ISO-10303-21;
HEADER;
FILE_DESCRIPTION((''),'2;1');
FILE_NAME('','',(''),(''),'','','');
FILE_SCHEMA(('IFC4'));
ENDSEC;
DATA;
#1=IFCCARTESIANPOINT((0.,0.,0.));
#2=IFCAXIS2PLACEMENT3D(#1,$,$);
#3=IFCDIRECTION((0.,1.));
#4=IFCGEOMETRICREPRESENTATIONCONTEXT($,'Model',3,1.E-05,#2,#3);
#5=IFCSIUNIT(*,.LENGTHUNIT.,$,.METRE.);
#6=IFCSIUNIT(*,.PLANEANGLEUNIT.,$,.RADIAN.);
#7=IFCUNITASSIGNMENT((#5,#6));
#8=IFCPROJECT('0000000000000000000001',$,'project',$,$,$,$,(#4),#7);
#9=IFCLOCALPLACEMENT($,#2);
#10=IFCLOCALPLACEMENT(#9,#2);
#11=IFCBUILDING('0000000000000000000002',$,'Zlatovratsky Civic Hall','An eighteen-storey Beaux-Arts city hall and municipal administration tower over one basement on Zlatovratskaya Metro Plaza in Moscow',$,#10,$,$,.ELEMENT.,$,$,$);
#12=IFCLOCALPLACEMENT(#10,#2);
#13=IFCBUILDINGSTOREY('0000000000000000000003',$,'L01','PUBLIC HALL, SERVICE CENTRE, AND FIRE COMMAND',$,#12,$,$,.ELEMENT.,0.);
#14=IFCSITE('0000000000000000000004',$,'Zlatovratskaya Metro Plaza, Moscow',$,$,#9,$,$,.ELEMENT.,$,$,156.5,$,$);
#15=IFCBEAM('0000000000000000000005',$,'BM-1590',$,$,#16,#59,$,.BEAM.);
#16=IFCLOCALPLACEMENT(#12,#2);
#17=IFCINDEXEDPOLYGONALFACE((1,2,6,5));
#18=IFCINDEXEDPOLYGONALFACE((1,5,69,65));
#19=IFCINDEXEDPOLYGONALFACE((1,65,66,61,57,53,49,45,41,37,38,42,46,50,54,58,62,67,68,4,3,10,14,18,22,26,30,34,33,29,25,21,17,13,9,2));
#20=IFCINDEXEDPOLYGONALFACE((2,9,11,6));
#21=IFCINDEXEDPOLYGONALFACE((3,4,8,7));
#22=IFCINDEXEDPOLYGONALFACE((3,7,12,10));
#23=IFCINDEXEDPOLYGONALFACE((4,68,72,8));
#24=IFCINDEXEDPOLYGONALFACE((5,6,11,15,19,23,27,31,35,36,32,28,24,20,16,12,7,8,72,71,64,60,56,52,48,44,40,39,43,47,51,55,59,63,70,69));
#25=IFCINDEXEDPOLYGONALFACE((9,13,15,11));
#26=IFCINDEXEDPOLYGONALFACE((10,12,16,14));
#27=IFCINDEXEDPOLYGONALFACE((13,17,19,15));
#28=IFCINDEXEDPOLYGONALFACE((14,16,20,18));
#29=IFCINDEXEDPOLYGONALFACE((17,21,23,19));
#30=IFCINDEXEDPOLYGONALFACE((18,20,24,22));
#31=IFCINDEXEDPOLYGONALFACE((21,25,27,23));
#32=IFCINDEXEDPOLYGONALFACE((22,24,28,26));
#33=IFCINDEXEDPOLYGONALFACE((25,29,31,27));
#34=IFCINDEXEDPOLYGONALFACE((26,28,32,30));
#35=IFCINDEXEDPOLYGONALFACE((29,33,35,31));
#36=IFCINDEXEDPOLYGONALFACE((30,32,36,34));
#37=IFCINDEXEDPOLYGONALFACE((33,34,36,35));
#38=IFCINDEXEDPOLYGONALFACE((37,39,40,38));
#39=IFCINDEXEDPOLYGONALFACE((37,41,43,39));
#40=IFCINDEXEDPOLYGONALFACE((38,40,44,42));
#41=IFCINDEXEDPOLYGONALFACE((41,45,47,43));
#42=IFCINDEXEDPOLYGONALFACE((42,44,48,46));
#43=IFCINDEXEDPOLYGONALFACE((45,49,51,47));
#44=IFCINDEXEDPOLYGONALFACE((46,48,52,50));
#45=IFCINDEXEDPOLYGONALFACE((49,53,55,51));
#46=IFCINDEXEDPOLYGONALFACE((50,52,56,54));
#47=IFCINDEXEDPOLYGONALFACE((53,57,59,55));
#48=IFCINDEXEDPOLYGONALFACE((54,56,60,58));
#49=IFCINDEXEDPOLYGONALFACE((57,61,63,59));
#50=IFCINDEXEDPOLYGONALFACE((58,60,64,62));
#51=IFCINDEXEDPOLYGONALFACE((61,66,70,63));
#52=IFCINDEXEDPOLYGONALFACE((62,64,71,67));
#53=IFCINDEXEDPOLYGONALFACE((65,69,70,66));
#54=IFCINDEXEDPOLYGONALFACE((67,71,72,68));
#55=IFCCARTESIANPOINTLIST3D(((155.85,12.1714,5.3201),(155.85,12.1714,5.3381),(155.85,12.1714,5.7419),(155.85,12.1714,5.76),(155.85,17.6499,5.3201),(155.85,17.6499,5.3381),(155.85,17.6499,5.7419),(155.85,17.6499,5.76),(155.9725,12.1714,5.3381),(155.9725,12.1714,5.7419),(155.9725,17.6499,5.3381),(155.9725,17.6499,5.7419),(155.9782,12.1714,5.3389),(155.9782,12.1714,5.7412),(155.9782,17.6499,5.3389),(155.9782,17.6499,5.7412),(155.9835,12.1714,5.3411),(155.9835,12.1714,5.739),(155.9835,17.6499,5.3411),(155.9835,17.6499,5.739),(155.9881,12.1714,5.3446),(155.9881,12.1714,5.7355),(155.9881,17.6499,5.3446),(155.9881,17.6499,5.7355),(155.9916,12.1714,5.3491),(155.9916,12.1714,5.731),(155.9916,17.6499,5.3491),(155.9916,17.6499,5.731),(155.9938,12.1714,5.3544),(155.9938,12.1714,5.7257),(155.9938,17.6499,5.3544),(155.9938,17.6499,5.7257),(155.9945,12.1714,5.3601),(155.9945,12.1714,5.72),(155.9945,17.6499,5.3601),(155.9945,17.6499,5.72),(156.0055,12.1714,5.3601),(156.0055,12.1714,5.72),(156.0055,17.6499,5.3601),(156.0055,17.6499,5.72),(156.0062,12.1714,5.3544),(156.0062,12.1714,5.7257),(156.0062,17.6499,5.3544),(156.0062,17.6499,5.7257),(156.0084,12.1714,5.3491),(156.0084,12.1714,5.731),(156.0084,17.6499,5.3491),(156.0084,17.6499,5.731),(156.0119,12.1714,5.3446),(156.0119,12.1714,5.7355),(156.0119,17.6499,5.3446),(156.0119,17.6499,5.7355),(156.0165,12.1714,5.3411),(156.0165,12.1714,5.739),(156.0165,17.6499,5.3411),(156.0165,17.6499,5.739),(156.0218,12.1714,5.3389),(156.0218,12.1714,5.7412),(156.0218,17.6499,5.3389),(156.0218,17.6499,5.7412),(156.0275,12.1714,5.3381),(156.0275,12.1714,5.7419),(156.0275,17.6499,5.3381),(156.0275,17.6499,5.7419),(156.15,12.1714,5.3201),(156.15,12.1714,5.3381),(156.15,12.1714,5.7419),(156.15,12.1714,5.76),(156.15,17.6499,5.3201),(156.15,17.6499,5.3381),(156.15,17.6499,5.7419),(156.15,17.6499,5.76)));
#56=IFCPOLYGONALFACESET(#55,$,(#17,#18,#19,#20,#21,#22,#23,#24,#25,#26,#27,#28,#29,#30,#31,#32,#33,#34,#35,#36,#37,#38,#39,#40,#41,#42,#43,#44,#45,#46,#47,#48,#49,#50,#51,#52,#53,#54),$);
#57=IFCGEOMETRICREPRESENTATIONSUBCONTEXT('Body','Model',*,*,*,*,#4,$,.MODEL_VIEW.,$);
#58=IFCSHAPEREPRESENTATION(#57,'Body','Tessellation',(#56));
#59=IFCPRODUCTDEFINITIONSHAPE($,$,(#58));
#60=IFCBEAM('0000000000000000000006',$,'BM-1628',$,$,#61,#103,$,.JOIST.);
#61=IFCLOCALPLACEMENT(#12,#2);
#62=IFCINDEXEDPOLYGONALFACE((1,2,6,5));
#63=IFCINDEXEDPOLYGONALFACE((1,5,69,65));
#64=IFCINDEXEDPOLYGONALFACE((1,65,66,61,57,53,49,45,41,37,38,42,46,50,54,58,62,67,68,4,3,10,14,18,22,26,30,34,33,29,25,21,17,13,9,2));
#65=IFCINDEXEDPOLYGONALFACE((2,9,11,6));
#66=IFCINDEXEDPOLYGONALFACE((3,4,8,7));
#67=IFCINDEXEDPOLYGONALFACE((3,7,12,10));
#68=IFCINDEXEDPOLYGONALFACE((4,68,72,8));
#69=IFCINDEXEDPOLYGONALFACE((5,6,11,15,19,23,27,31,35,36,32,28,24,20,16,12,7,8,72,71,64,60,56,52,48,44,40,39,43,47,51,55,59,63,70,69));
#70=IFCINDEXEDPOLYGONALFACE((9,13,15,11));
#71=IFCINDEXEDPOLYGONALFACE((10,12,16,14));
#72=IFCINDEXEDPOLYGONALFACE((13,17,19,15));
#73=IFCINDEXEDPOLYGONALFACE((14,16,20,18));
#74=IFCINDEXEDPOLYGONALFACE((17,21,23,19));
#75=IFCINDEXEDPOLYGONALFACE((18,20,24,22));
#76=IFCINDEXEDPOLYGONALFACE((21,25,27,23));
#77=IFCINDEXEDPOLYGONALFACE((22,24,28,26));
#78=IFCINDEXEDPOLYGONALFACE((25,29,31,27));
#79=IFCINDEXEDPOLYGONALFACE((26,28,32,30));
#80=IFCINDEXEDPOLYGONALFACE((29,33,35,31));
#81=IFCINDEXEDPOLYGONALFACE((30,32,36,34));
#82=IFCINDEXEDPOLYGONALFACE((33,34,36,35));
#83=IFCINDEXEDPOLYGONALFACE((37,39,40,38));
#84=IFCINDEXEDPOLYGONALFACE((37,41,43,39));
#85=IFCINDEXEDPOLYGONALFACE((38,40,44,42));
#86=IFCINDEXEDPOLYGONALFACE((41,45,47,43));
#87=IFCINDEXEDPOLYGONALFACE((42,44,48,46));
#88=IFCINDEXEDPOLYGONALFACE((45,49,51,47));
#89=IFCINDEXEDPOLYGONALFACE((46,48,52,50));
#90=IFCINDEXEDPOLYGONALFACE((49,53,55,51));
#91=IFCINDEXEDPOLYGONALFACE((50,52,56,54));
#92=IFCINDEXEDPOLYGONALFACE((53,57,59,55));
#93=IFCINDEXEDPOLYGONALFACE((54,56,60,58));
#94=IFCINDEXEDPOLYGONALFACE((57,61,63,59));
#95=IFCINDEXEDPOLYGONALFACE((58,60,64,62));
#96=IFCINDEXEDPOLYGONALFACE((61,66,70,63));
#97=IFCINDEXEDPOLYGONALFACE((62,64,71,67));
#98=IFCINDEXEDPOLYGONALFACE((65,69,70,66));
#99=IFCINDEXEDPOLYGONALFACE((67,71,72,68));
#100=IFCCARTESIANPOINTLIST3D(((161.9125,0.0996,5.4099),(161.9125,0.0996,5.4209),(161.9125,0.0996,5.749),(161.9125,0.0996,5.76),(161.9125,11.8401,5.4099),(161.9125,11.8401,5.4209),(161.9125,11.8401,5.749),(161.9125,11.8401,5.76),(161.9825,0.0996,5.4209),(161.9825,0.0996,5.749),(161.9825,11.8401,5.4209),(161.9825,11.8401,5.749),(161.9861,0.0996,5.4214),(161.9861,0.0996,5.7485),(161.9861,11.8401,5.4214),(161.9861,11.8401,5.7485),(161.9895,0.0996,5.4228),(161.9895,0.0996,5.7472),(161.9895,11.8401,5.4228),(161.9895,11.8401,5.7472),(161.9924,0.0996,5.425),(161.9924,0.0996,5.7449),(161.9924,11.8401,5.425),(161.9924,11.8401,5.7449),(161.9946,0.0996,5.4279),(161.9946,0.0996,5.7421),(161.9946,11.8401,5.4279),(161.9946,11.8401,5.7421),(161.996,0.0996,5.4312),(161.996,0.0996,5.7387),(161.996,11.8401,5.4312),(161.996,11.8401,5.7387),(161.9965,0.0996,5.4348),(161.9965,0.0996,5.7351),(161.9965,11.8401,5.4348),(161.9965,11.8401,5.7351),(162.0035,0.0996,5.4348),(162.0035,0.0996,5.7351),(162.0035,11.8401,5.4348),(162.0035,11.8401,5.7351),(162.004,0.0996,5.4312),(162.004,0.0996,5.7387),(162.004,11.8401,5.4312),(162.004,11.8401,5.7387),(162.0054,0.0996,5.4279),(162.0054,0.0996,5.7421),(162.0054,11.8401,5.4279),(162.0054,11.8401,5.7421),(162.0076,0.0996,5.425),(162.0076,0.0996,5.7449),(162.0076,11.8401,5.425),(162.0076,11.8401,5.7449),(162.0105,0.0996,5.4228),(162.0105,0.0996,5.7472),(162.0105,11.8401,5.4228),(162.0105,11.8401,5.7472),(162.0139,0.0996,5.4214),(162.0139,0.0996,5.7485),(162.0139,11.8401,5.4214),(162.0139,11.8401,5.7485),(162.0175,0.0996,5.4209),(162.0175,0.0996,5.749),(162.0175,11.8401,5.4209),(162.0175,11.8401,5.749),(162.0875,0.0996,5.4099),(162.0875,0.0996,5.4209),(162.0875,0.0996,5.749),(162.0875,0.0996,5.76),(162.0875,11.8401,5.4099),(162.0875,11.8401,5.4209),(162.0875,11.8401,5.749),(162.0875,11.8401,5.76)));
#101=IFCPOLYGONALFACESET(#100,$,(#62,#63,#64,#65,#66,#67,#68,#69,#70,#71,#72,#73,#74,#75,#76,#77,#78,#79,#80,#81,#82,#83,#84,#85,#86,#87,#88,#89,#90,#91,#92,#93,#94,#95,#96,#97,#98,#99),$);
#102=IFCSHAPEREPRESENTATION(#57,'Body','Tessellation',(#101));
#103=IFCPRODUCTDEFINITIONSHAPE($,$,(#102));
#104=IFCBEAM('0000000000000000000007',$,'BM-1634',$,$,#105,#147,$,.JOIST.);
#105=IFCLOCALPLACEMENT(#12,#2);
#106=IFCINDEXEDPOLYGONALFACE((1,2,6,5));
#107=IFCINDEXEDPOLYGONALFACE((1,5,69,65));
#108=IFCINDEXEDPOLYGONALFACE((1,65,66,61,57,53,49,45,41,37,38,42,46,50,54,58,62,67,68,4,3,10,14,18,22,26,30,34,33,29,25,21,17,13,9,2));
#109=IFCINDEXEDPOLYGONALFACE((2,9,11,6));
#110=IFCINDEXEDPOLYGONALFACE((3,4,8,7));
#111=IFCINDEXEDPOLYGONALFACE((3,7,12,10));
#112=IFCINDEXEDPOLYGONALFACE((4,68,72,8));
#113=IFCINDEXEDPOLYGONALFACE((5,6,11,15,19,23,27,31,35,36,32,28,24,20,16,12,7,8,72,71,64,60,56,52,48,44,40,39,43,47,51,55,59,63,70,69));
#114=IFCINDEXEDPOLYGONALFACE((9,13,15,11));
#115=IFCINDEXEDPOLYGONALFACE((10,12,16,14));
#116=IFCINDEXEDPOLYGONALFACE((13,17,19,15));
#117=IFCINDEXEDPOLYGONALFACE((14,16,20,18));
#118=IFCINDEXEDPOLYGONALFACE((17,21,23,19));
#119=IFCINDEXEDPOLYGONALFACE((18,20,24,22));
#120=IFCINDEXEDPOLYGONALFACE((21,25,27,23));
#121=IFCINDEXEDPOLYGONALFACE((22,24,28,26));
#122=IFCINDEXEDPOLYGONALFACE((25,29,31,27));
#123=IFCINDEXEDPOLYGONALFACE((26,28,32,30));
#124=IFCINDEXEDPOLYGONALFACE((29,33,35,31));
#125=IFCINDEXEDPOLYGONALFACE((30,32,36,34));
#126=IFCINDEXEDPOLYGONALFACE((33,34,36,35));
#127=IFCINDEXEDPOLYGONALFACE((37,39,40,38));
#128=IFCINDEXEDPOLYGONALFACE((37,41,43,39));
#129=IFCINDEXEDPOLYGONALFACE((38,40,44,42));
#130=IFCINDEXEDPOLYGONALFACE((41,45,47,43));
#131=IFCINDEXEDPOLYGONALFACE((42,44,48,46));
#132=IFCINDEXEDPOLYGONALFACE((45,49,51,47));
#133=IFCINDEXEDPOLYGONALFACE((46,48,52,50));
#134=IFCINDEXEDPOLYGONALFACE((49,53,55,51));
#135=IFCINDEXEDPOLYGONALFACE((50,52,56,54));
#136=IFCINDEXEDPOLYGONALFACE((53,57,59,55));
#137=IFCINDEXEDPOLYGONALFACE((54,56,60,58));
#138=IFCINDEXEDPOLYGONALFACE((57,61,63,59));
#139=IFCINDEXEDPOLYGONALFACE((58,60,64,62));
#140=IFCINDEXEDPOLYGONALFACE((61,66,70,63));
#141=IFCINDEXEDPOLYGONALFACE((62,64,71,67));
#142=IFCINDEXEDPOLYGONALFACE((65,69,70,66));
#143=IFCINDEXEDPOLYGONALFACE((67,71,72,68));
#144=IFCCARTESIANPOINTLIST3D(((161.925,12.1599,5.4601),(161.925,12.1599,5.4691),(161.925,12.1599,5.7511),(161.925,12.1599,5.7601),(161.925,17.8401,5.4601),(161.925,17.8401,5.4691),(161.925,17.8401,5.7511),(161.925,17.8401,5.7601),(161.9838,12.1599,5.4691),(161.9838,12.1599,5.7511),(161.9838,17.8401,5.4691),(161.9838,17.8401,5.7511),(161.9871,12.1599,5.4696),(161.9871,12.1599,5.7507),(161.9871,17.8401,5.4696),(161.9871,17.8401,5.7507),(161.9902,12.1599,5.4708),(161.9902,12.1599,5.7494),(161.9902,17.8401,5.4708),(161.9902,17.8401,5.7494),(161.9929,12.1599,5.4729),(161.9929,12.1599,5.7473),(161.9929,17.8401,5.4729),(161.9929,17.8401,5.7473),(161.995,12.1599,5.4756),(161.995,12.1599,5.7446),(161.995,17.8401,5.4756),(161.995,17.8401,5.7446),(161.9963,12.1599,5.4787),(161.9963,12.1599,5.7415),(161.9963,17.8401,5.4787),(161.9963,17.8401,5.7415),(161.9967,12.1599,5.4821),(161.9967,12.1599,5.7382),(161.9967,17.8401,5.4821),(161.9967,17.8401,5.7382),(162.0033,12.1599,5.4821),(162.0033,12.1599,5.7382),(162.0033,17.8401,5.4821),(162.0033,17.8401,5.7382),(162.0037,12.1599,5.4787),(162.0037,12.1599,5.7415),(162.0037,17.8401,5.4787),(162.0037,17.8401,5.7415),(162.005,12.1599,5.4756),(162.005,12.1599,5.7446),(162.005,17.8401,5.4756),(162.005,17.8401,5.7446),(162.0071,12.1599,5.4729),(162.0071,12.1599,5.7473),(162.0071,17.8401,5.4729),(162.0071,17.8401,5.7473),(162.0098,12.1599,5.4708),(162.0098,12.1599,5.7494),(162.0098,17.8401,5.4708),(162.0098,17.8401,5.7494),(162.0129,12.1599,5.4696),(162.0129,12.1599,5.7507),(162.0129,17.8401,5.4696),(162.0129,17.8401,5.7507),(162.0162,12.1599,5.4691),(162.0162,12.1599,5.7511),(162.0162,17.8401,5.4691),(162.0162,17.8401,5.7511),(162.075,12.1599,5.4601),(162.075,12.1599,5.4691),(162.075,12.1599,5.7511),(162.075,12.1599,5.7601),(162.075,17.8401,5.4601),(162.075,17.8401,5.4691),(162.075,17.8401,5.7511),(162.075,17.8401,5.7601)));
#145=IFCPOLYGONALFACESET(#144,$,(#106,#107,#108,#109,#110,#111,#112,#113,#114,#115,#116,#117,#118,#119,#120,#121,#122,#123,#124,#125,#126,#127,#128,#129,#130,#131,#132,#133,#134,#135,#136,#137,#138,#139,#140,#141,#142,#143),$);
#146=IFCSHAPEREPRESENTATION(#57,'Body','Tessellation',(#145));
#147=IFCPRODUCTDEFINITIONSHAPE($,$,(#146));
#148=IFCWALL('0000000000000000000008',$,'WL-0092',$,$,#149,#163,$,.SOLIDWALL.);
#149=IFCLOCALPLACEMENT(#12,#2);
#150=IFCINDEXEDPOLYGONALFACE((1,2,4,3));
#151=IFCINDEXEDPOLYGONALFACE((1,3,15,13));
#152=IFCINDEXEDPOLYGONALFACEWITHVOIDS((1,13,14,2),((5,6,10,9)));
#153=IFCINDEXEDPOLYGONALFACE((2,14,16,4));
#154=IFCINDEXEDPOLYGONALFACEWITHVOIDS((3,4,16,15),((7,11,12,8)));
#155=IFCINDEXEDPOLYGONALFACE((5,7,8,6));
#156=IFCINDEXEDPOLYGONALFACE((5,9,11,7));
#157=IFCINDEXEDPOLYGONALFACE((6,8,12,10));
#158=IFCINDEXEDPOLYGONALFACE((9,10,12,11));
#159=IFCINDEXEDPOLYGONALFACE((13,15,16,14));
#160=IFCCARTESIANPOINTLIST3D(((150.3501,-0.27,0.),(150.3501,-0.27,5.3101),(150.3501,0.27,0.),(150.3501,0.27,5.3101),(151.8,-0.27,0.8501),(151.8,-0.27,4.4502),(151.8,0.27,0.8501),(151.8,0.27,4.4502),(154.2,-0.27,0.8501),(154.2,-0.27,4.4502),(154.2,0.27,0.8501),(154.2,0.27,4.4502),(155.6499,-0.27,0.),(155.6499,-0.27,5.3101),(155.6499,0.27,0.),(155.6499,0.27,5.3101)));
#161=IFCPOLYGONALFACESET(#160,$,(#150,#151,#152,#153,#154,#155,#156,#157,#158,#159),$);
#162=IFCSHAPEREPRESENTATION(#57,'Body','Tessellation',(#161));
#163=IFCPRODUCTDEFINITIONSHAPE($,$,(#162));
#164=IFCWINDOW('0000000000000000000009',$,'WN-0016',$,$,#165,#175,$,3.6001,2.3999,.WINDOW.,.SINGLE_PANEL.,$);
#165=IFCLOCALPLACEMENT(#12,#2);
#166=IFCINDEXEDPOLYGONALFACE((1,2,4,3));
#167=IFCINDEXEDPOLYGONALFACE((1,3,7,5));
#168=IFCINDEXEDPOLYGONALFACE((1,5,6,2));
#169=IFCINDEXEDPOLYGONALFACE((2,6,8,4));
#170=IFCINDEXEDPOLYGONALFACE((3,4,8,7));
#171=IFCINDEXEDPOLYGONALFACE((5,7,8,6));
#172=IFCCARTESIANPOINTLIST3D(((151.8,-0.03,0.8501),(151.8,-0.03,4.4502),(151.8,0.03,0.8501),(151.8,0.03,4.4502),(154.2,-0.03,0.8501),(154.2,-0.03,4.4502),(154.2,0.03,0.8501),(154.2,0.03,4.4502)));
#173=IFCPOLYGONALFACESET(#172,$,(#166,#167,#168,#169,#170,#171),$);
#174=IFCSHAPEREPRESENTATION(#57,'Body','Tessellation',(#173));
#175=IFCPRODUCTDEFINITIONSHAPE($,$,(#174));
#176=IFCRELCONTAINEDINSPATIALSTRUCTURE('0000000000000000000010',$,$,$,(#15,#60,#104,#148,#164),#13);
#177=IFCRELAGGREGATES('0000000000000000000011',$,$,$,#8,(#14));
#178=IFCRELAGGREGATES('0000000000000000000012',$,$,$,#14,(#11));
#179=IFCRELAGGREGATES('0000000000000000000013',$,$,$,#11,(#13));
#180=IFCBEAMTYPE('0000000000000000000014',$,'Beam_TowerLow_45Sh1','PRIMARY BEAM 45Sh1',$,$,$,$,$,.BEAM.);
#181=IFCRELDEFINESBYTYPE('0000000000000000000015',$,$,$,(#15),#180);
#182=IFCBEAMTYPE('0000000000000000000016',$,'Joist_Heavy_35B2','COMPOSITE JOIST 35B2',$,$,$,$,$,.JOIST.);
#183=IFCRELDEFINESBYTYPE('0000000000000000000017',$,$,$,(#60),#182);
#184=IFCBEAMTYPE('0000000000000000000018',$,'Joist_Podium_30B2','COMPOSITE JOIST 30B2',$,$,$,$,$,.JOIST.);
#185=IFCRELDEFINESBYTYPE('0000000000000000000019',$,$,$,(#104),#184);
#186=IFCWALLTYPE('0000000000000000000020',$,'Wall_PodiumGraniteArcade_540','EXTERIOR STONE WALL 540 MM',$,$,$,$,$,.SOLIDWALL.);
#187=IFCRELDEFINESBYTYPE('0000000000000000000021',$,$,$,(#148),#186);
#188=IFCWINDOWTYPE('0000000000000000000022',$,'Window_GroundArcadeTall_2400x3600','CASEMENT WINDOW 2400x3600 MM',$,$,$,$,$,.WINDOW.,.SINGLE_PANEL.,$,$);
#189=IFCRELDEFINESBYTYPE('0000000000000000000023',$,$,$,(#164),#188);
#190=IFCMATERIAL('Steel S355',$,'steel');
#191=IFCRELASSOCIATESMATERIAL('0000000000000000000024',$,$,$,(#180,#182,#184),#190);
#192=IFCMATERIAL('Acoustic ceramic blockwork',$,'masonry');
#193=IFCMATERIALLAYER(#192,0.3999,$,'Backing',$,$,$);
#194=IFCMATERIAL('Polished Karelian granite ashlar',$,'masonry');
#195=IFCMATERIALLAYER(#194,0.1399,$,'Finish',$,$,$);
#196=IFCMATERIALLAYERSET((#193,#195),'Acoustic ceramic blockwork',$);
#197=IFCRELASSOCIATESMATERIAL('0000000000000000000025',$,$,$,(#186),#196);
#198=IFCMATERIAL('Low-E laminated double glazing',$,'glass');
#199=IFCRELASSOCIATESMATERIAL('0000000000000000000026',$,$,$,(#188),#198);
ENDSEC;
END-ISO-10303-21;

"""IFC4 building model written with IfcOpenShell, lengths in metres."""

from ifc_helpers import new_model, si_unit, direction, frame, frame_2d, origin, origin_2d, place, context, subcontext, project, spatial, rectangle, i_section, extrude, material, layer, layer_set, material_profile, profile_set, type_object, element, fill, save


model = new_model("IFC4")

# Units and contexts
model_context = context("Model", 3, precision=1e-05, world=origin(), true_north=direction((0.0, 1.0)))
body_context = subcontext(model_context, "Body", "Model", "MODEL_VIEW")
ifc_project = project(units=[si_unit("LENGTHUNIT", "METRE"), si_unit("PLANEANGLEUNIT", "RADIAN")], contexts=[model_context])

# Site, building, storey
site_placement = place(None, origin())
site = spatial("IfcSite", under=ifc_project, at=site_placement, Name="Zlatovratskaya Metro Plaza, Moscow", CompositionType="ELEMENT", RefElevation=156.5)
building_placement = place(site_placement, origin())
building = spatial("IfcBuilding", under=site, at=building_placement, Name="Zlatovratsky Civic Hall", Description="An eighteen-storey Beaux-Arts city hall and municipal administration tower over one basement on Zlatovratskaya Metro Plaza in Moscow", CompositionType="ELEMENT")
storey_placement = place(building_placement, origin())
storey = spatial("IfcBuildingStorey", under=building, at=storey_placement, Name="L01", Description="PUBLIC HALL, SERVICE CENTRE, AND FIRE COMMAND", CompositionType="ELEMENT", Elevation=0.0)

# Shared definitions
ifc_material_1 = material(Name="Steel S355", Category="steel")

# Beams
ifc_material_profile_1 = material_profile(ifc_material_1, i_section(OverallWidth=0.3, OverallDepth=0.4399, WebThickness=0.011, FlangeThickness=0.0181, FilletRadius=0.022, at=origin_2d()), Name="45Sh1")
ifc_profile_set_1 = profile_set([ifc_material_profile_1], Name="Steel S355")
beam_type_1 = type_object("IfcBeamType", Name="Beam_TowerLow_45Sh1", Description="PRIMARY BEAM 45Sh1", PredefinedType="BEAM", material=ifc_profile_set_1)
for number, where, z_axis, x_axis, name in (
    (1, (156.0, 12.1714, 5.54), (0.0, 1.0, 0.0), (-1.0, 0.0, 0.0), "BM-1590"),
):
    element("IfcBeam", number, at=place(storey_placement, frame(where, z_axis=z_axis, x_axis=x_axis)), inside=storey, type_object=beam_type_1, Name=name, PredefinedType="BEAM", context=body_context, shape_type="SweptSolid", body=[
        extrude(i_section(OverallWidth=0.3, OverallDepth=0.4399, WebThickness=0.011, FlangeThickness=0.0181, FilletRadius=0.022, at=origin_2d()), origin(), (0.0, 0.0, 1.0), 5.4785),
    ])
ifc_material_profile_2 = material_profile(ifc_material_1, i_section(OverallWidth=0.175, OverallDepth=0.3501, WebThickness=0.0071, FlangeThickness=0.011, FilletRadius=0.0139, at=origin_2d()), Name="35B2")
ifc_profile_set_2 = profile_set([ifc_material_profile_2], Name="Steel S355")
beam_type_2 = type_object("IfcBeamType", Name="Joist_Heavy_35B2", Description="COMPOSITE JOIST 35B2", PredefinedType="JOIST", material=ifc_profile_set_2)
beam_1_placement = place(storey_placement, frame((162.0, 0.0996, 5.585), z_axis=(0.0, 1.0, 0.0), x_axis=(-1.0, 0.0, 0.0)))
element("IfcBeam", 2, at=beam_1_placement, inside=storey, type_object=beam_type_2, Name="BM-1628", PredefinedType="JOIST", context=body_context, shape_type="SweptSolid", body=[
    extrude(i_section(OverallWidth=0.175, OverallDepth=0.3501, WebThickness=0.0071, FlangeThickness=0.011, FilletRadius=0.0139, at=origin_2d()), origin(), (0.0, 0.0, 1.0), 11.7405),
])
ifc_material_profile_3 = material_profile(ifc_material_1, i_section(OverallWidth=0.1499, OverallDepth=0.3, WebThickness=0.0066, FlangeThickness=0.009, FilletRadius=0.0129, at=origin_2d()), Name="30B2")
ifc_profile_set_3 = profile_set([ifc_material_profile_3], Name="Steel S355")
beam_type_3 = type_object("IfcBeamType", Name="Joist_Podium_30B2", Description="COMPOSITE JOIST 30B2", PredefinedType="JOIST", material=ifc_profile_set_3)
beam_2_placement = place(storey_placement, frame((162.0, 12.1599, 5.6101), z_axis=(0.0, 1.0, 0.0), x_axis=(-1.0, 0.0, 0.0)))
element("IfcBeam", 3, at=beam_2_placement, inside=storey, type_object=beam_type_3, Name="BM-1634", PredefinedType="JOIST", context=body_context, shape_type="SweptSolid", body=[
    extrude(i_section(OverallWidth=0.1499, OverallDepth=0.3, WebThickness=0.0066, FlangeThickness=0.009, FilletRadius=0.0129, at=origin_2d()), origin(), (0.0, 0.0, 1.0), 5.6802),
])

# Wall, opening, window
ifc_material_2 = material(Name="Acoustic ceramic blockwork", Category="masonry")
ifc_layer_1 = layer(ifc_material_2, 0.3999, Name="Backing")
ifc_material_3 = material(Name="Polished Karelian granite ashlar", Category="masonry")
ifc_layer_2 = layer(ifc_material_3, 0.1399, Name="Finish")
ifc_layer_set_1 = layer_set([ifc_layer_1, ifc_layer_2], Name="Acoustic ceramic blockwork")
wall_type_1 = type_object("IfcWallType", Name="Wall_PodiumGraniteArcade_540", Description="EXTERIOR STONE WALL 540 MM", PredefinedType="SOLIDWALL", material=ifc_layer_set_1)
wall_1_placement = place(storey_placement, frame((150.3501, 0.0, 0.0), z_axis=(0.0, 0.0, 1.0), x_axis=(1.0, 0.0, 0.0)))
wall_1 = element("IfcWall", 4, at=wall_1_placement, inside=storey, type_object=wall_type_1, Name="WL-0092", PredefinedType="SOLIDWALL", context=body_context, shape_type="SweptSolid", body=[
    extrude(rectangle(XDim=5.2998, YDim=0.54, at=frame_2d((2.6499, 0.0))), origin(), (0.0, 0.0, 1.0), 5.3101),
])
opening_1_placement = place(wall_1_placement, frame((1.45, 0.0, 0.8501)))
opening_1 = element("IfcOpeningElement", 5, at=opening_1_placement, cuts=wall_1, PredefinedType="OPENING", context=body_context, shape_type="SweptSolid", body=[
    extrude(rectangle(XDim=2.3999, YDim=3.6001, at=frame_2d((1.2, 1.8))), frame((0.0, 0.2849, 0.0), z_axis=(0.0, -1.0, 0.0), x_axis=(1.0, 0.0, 0.0)), (0.0, 0.0, 1.0), 0.5698),
])
ifc_material_4 = material(Name="Low-E laminated double glazing", Category="glass")
window_type_1 = type_object("IfcWindowType", Name="Window_GroundArcadeTall_2400x3600", Description="CASEMENT WINDOW 2400x3600 MM", PartitioningType="SINGLE_PANEL", PredefinedType="WINDOW", material=ifc_material_4)
window_1_placement = place(opening_1_placement, origin())
window_1 = element("IfcWindow", 6, at=window_1_placement, inside=storey, type_object=window_type_1, Name="WN-0016", OverallHeight=3.6001, OverallWidth=2.3999, PartitioningType="SINGLE_PANEL", PredefinedType="WINDOW", context=body_context, shape_type="SweptSolid", body=[
    extrude(rectangle(XDim=2.3999, YDim=3.6001, at=frame_2d((1.2, 1.8))), frame((0.0, 0.03, 0.0), z_axis=(0.0, -1.0, 0.0), x_axis=(1.0, 0.0, 0.0)), (0.0, 0.0, 1.0), 0.0601),
])
fill(opening_1, window_1)

save(model, "model.ifc")
